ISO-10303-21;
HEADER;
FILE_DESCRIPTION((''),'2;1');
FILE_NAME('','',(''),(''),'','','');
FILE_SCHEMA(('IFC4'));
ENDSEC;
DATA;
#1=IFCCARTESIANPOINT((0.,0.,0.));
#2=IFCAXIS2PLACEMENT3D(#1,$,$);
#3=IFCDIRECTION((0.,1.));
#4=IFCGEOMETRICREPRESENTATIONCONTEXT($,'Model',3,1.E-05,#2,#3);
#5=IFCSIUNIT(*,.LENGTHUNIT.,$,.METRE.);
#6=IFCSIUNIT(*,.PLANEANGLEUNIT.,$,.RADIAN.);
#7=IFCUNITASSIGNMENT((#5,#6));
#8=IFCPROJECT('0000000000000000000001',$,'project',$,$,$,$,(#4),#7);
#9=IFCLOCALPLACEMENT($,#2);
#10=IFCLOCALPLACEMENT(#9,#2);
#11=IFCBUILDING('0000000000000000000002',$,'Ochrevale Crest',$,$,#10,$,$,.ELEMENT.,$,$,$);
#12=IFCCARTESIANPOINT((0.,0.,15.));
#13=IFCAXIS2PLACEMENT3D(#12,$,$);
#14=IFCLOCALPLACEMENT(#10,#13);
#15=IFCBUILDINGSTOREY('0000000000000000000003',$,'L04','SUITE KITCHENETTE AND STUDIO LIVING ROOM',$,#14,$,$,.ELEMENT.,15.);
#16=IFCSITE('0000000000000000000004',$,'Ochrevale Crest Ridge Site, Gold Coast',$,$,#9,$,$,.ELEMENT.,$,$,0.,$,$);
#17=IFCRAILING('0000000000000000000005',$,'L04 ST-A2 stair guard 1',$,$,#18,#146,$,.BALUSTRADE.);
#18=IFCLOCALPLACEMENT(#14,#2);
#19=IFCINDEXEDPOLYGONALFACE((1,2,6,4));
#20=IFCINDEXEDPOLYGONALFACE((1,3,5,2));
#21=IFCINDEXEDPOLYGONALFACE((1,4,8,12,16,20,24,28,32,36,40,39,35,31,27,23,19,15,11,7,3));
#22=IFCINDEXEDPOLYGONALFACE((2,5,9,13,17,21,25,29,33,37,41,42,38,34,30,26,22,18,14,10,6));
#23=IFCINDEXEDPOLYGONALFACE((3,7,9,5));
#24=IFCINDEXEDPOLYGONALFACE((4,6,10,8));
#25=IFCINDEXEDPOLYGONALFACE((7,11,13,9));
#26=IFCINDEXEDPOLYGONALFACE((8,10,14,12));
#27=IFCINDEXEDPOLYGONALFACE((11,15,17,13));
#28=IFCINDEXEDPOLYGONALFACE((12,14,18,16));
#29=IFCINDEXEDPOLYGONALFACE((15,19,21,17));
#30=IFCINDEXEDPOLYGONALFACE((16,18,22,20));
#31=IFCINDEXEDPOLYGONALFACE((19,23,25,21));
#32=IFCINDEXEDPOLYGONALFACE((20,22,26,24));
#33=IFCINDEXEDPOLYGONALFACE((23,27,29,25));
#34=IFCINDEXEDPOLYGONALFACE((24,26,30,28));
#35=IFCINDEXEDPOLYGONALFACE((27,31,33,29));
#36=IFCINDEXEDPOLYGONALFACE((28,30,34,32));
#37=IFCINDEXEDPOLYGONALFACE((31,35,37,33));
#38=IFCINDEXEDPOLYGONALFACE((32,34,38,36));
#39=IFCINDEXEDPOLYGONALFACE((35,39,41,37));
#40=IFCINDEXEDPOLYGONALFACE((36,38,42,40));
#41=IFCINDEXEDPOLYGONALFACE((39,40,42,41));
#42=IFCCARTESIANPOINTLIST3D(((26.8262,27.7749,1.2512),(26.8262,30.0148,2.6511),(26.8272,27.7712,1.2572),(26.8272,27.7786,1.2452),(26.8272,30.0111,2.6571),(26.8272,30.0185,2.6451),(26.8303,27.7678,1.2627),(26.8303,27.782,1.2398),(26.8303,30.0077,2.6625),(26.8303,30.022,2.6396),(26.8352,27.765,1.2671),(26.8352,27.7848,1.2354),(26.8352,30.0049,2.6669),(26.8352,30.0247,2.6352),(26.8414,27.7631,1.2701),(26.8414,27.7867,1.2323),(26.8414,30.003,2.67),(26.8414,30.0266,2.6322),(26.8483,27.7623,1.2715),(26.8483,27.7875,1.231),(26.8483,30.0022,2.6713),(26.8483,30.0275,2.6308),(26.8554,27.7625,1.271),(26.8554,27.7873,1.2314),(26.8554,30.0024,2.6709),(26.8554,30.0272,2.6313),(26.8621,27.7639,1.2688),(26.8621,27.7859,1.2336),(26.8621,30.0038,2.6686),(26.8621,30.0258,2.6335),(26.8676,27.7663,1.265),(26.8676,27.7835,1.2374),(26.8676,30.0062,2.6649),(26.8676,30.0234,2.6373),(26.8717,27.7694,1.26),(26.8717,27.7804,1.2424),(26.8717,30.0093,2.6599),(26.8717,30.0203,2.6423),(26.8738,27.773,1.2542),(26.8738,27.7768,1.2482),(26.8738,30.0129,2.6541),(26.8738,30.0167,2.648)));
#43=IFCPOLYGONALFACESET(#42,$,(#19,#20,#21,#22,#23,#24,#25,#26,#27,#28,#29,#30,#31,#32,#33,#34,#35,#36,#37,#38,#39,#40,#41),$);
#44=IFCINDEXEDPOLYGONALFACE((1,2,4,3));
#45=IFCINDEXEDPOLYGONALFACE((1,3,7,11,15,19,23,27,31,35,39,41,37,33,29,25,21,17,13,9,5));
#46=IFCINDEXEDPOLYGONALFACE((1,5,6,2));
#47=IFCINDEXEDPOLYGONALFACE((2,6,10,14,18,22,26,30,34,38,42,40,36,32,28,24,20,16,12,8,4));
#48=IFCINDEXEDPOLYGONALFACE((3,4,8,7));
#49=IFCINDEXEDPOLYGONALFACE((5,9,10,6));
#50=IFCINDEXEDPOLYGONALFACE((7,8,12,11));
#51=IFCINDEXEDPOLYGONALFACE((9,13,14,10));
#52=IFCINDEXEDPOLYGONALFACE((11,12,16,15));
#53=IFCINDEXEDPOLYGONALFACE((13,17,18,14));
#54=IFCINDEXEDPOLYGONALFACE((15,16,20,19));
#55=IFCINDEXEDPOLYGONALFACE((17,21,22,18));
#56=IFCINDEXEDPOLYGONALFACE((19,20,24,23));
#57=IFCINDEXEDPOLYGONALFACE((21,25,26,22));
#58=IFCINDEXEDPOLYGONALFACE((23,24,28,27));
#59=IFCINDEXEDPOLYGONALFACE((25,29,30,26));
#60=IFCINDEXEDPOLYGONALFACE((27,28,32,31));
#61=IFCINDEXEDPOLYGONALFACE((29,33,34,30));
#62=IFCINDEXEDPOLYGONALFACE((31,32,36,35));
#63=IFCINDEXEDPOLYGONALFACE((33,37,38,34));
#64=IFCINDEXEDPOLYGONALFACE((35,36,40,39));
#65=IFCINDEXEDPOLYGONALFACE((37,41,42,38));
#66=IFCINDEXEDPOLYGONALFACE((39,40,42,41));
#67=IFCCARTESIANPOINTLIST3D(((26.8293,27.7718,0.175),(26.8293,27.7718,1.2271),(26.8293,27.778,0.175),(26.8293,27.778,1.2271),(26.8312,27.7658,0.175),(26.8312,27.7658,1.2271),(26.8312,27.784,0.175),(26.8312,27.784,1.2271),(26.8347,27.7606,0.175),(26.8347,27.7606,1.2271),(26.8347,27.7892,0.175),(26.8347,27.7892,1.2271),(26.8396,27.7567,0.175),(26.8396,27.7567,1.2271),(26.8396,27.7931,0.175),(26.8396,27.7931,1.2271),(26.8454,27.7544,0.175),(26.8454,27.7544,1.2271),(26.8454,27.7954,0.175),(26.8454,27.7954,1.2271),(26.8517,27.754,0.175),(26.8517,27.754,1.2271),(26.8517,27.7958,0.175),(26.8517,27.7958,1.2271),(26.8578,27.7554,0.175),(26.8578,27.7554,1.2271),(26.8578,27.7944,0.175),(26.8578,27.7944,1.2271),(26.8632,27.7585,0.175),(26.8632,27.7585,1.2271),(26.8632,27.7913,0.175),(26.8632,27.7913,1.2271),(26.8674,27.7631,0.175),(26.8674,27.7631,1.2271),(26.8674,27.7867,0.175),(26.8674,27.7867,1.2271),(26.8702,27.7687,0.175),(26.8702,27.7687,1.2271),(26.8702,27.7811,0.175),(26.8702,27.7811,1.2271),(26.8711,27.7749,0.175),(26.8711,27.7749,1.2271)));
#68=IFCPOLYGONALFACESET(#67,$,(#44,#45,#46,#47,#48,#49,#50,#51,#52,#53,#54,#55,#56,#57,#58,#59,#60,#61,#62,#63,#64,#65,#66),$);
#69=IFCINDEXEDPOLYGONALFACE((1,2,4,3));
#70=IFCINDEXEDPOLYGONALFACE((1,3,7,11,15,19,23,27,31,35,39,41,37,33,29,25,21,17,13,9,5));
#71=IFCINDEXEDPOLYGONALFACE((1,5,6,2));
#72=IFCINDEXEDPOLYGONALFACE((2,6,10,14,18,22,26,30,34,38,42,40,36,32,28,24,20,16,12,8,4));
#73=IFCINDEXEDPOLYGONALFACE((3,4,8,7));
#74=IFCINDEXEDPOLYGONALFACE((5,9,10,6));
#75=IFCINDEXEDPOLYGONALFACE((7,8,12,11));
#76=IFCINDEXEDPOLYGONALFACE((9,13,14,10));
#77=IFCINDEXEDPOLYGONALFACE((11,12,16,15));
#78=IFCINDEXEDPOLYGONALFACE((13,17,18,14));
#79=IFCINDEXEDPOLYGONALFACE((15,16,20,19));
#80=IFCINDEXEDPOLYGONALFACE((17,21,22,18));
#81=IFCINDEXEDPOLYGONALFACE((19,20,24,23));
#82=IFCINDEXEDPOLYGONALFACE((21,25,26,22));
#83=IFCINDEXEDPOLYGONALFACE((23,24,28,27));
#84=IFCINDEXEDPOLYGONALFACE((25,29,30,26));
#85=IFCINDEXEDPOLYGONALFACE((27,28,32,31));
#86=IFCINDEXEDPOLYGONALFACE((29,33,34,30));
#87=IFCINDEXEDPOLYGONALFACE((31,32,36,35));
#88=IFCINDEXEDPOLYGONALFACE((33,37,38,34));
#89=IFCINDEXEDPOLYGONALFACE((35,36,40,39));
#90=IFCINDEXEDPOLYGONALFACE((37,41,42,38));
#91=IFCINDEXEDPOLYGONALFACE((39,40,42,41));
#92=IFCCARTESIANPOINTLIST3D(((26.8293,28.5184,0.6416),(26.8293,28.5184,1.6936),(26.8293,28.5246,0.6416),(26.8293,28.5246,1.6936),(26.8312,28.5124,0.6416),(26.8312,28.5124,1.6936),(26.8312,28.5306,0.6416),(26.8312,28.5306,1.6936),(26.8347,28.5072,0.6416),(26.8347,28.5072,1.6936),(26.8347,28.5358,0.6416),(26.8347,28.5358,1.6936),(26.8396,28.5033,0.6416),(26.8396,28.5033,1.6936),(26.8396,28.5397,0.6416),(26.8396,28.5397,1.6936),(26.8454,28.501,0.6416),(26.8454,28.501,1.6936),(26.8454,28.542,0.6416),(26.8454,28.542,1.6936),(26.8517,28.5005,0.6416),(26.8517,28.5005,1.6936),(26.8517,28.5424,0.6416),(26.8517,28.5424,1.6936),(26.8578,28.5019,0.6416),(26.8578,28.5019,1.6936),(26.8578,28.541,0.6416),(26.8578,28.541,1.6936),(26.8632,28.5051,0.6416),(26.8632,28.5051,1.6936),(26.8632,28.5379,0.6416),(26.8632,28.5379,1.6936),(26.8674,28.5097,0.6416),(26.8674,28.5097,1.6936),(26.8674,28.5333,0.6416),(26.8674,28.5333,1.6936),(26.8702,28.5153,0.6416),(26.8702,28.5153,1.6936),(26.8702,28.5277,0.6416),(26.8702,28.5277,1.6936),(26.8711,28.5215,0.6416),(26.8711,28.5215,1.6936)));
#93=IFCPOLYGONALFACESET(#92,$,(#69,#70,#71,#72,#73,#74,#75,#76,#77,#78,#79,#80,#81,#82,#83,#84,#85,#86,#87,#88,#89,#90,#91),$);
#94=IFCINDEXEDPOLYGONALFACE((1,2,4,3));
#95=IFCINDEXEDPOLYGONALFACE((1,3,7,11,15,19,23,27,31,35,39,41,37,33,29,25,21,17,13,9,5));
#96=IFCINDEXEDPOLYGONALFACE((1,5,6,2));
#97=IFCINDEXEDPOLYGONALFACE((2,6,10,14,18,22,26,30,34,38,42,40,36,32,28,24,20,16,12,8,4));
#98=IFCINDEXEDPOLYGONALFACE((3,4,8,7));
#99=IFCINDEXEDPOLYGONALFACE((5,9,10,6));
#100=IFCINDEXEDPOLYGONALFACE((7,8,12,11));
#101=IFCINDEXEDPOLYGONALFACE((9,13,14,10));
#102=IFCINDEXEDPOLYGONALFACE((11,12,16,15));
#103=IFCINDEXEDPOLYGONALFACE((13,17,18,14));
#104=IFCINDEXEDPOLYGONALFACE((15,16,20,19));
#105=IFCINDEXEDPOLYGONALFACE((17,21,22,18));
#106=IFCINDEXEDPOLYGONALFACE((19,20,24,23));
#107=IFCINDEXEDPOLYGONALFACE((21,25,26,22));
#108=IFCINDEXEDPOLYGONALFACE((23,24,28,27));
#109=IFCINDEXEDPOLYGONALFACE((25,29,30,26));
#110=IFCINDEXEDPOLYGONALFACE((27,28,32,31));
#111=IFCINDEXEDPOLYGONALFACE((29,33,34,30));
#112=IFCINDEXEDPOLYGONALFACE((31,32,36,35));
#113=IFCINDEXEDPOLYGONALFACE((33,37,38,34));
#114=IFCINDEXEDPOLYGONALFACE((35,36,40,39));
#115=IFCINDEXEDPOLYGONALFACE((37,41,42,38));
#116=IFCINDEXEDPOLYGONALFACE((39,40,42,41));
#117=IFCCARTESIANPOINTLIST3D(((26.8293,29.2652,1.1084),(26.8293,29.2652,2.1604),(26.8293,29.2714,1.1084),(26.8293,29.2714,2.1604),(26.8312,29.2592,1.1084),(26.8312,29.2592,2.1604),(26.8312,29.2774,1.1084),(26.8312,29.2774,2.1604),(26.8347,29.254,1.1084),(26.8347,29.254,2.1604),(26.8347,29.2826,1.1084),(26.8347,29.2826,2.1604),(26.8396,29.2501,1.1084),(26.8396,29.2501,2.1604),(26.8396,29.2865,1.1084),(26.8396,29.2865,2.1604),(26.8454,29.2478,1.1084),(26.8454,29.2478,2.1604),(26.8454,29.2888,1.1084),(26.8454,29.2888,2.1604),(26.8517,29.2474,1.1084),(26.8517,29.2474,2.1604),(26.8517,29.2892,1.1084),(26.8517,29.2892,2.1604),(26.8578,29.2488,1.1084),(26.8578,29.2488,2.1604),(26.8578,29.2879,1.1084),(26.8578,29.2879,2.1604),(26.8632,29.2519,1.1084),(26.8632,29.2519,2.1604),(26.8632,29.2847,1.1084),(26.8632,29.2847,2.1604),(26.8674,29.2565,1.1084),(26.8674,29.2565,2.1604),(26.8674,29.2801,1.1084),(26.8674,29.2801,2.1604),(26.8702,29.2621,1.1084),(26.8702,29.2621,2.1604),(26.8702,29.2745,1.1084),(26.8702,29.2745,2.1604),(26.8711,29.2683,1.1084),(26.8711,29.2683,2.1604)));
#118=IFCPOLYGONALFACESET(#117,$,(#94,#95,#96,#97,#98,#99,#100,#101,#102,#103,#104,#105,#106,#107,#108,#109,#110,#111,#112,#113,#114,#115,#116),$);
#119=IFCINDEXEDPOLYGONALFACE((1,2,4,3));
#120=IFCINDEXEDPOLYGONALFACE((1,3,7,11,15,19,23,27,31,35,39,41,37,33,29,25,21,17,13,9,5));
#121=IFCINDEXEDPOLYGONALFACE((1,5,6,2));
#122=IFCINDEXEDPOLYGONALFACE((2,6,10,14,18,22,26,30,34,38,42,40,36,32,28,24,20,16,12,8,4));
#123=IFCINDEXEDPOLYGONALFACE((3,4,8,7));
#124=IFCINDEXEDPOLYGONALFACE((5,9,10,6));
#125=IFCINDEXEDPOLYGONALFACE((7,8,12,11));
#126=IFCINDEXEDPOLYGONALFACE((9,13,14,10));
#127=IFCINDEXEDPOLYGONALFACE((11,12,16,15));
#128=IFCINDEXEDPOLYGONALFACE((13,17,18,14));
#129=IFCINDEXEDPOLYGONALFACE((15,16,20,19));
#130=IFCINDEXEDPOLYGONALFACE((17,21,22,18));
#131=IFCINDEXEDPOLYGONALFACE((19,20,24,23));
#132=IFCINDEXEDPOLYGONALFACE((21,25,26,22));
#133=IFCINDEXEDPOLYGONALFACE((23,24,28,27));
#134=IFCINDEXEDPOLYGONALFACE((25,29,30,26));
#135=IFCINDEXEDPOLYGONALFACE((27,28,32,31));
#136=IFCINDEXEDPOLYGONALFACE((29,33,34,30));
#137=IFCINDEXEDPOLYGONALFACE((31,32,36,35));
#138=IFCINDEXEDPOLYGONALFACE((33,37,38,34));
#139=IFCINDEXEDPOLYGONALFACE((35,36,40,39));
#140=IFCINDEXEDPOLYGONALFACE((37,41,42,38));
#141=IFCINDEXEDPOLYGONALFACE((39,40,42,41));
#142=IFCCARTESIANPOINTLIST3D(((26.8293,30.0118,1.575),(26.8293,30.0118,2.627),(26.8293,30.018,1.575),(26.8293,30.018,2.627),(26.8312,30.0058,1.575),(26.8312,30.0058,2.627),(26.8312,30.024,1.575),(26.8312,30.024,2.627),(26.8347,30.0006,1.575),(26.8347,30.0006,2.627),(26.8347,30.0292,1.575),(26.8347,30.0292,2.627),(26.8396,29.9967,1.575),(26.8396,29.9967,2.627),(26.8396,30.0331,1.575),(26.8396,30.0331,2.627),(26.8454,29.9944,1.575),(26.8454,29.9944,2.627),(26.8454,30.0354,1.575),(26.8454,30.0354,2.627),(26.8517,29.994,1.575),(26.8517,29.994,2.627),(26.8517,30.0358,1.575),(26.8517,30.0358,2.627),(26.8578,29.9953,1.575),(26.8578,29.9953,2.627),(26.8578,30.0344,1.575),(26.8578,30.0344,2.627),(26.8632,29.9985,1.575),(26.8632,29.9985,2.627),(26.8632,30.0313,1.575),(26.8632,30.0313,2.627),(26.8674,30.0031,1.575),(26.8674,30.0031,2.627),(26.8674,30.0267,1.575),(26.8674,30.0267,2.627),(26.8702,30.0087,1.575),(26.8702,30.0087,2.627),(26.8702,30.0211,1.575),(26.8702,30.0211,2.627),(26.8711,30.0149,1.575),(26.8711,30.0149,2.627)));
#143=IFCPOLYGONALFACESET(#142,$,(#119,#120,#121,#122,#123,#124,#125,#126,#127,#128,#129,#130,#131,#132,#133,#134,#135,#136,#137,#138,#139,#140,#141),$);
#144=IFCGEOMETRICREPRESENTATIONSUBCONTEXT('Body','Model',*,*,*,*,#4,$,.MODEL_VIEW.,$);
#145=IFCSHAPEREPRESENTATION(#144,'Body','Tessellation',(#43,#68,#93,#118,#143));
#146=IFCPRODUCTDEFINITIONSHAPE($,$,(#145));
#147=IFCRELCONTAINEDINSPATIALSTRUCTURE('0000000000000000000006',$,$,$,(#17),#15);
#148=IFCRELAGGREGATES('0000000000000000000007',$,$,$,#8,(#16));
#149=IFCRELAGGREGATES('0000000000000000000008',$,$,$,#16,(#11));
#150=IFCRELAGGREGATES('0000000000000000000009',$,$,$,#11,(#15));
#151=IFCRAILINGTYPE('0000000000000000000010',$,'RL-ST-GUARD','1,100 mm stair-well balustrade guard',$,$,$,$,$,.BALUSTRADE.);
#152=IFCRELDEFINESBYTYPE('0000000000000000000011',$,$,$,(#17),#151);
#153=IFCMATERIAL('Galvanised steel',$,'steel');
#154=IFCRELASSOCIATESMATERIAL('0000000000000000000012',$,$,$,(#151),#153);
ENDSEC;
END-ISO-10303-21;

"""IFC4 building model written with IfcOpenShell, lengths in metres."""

from ifc_helpers import new_model, si_unit, direction, frame, origin, origin_2d, place, context, subcontext, project, spatial, circle, extrude, material, type_object, element, save


model = new_model("IFC4")

# Units and contexts
model_context = context("Model", 3, precision=1e-05, world=origin(), true_north=direction((0.0, 1.0)))
body_context = subcontext(model_context, "Body", "Model", "MODEL_VIEW")
ifc_project = project(units=[si_unit("LENGTHUNIT", "METRE"), si_unit("PLANEANGLEUNIT", "RADIAN")], contexts=[model_context])

# Site, building, storey
site_placement = place(None, origin())
site = spatial("IfcSite", under=ifc_project, at=site_placement, Name="Ochrevale Crest Ridge Site, Gold Coast", CompositionType="ELEMENT", RefElevation=0.0)
building_placement = place(site_placement, origin())
building = spatial("IfcBuilding", under=site, at=building_placement, Name="Ochrevale Crest", CompositionType="ELEMENT")
storey_placement = place(building_placement, frame((0.0, 0.0, 15.0)))
storey = spatial("IfcBuildingStorey", under=building, at=storey_placement, Name="L04", Description="SUITE KITCHENETTE AND STUDIO LIVING ROOM", CompositionType="ELEMENT", Elevation=15.0)

# Railing
ifc_material_1 = material(Name="Galvanised steel", Category="steel")
railing_type = type_object("IfcRailingType", Name="RL-ST-GUARD", Description="1,100 mm stair-well balustrade guard", PredefinedType="BALUSTRADE", material=ifc_material_1)
railing_1_placement = place(storey_placement, frame((26.8501, 27.7749, 0.175)))
element("IfcRailing", 1, at=railing_1_placement, inside=storey, type_object=railing_type, Name="L04 ST-A2 stair guard 1", PredefinedType="BALUSTRADE", context=body_context, shape_type="SweptSolid", body=[
    extrude(circle(Radius=0.0239, at=origin_2d()), frame((0.0, 0.0, 1.0762), z_axis=(0.0, 0.848014, 0.529974), x_axis=(-1.0, 0.0, 0.0)), (0.0, 0.0, 1.0), 2.6414),
    extrude(circle(Radius=0.021, at=origin_2d()), origin(), (0.0, 0.0, 1.0), 1.052),
    extrude(circle(Radius=0.021, at=origin_2d()), frame((0.0, 0.7466, 0.4666)), (0.0, 0.0, 1.0), 1.052),
    extrude(circle(Radius=0.021, at=origin_2d()), frame((0.0, 1.4934, 0.9333)), (0.0, 0.0, 1.0), 1.052),
    extrude(circle(Radius=0.021, at=origin_2d()), frame((0.0, 2.24, 1.3999)), (0.0, 0.0, 1.0), 1.052),
])

save(model, "model.ifc")
